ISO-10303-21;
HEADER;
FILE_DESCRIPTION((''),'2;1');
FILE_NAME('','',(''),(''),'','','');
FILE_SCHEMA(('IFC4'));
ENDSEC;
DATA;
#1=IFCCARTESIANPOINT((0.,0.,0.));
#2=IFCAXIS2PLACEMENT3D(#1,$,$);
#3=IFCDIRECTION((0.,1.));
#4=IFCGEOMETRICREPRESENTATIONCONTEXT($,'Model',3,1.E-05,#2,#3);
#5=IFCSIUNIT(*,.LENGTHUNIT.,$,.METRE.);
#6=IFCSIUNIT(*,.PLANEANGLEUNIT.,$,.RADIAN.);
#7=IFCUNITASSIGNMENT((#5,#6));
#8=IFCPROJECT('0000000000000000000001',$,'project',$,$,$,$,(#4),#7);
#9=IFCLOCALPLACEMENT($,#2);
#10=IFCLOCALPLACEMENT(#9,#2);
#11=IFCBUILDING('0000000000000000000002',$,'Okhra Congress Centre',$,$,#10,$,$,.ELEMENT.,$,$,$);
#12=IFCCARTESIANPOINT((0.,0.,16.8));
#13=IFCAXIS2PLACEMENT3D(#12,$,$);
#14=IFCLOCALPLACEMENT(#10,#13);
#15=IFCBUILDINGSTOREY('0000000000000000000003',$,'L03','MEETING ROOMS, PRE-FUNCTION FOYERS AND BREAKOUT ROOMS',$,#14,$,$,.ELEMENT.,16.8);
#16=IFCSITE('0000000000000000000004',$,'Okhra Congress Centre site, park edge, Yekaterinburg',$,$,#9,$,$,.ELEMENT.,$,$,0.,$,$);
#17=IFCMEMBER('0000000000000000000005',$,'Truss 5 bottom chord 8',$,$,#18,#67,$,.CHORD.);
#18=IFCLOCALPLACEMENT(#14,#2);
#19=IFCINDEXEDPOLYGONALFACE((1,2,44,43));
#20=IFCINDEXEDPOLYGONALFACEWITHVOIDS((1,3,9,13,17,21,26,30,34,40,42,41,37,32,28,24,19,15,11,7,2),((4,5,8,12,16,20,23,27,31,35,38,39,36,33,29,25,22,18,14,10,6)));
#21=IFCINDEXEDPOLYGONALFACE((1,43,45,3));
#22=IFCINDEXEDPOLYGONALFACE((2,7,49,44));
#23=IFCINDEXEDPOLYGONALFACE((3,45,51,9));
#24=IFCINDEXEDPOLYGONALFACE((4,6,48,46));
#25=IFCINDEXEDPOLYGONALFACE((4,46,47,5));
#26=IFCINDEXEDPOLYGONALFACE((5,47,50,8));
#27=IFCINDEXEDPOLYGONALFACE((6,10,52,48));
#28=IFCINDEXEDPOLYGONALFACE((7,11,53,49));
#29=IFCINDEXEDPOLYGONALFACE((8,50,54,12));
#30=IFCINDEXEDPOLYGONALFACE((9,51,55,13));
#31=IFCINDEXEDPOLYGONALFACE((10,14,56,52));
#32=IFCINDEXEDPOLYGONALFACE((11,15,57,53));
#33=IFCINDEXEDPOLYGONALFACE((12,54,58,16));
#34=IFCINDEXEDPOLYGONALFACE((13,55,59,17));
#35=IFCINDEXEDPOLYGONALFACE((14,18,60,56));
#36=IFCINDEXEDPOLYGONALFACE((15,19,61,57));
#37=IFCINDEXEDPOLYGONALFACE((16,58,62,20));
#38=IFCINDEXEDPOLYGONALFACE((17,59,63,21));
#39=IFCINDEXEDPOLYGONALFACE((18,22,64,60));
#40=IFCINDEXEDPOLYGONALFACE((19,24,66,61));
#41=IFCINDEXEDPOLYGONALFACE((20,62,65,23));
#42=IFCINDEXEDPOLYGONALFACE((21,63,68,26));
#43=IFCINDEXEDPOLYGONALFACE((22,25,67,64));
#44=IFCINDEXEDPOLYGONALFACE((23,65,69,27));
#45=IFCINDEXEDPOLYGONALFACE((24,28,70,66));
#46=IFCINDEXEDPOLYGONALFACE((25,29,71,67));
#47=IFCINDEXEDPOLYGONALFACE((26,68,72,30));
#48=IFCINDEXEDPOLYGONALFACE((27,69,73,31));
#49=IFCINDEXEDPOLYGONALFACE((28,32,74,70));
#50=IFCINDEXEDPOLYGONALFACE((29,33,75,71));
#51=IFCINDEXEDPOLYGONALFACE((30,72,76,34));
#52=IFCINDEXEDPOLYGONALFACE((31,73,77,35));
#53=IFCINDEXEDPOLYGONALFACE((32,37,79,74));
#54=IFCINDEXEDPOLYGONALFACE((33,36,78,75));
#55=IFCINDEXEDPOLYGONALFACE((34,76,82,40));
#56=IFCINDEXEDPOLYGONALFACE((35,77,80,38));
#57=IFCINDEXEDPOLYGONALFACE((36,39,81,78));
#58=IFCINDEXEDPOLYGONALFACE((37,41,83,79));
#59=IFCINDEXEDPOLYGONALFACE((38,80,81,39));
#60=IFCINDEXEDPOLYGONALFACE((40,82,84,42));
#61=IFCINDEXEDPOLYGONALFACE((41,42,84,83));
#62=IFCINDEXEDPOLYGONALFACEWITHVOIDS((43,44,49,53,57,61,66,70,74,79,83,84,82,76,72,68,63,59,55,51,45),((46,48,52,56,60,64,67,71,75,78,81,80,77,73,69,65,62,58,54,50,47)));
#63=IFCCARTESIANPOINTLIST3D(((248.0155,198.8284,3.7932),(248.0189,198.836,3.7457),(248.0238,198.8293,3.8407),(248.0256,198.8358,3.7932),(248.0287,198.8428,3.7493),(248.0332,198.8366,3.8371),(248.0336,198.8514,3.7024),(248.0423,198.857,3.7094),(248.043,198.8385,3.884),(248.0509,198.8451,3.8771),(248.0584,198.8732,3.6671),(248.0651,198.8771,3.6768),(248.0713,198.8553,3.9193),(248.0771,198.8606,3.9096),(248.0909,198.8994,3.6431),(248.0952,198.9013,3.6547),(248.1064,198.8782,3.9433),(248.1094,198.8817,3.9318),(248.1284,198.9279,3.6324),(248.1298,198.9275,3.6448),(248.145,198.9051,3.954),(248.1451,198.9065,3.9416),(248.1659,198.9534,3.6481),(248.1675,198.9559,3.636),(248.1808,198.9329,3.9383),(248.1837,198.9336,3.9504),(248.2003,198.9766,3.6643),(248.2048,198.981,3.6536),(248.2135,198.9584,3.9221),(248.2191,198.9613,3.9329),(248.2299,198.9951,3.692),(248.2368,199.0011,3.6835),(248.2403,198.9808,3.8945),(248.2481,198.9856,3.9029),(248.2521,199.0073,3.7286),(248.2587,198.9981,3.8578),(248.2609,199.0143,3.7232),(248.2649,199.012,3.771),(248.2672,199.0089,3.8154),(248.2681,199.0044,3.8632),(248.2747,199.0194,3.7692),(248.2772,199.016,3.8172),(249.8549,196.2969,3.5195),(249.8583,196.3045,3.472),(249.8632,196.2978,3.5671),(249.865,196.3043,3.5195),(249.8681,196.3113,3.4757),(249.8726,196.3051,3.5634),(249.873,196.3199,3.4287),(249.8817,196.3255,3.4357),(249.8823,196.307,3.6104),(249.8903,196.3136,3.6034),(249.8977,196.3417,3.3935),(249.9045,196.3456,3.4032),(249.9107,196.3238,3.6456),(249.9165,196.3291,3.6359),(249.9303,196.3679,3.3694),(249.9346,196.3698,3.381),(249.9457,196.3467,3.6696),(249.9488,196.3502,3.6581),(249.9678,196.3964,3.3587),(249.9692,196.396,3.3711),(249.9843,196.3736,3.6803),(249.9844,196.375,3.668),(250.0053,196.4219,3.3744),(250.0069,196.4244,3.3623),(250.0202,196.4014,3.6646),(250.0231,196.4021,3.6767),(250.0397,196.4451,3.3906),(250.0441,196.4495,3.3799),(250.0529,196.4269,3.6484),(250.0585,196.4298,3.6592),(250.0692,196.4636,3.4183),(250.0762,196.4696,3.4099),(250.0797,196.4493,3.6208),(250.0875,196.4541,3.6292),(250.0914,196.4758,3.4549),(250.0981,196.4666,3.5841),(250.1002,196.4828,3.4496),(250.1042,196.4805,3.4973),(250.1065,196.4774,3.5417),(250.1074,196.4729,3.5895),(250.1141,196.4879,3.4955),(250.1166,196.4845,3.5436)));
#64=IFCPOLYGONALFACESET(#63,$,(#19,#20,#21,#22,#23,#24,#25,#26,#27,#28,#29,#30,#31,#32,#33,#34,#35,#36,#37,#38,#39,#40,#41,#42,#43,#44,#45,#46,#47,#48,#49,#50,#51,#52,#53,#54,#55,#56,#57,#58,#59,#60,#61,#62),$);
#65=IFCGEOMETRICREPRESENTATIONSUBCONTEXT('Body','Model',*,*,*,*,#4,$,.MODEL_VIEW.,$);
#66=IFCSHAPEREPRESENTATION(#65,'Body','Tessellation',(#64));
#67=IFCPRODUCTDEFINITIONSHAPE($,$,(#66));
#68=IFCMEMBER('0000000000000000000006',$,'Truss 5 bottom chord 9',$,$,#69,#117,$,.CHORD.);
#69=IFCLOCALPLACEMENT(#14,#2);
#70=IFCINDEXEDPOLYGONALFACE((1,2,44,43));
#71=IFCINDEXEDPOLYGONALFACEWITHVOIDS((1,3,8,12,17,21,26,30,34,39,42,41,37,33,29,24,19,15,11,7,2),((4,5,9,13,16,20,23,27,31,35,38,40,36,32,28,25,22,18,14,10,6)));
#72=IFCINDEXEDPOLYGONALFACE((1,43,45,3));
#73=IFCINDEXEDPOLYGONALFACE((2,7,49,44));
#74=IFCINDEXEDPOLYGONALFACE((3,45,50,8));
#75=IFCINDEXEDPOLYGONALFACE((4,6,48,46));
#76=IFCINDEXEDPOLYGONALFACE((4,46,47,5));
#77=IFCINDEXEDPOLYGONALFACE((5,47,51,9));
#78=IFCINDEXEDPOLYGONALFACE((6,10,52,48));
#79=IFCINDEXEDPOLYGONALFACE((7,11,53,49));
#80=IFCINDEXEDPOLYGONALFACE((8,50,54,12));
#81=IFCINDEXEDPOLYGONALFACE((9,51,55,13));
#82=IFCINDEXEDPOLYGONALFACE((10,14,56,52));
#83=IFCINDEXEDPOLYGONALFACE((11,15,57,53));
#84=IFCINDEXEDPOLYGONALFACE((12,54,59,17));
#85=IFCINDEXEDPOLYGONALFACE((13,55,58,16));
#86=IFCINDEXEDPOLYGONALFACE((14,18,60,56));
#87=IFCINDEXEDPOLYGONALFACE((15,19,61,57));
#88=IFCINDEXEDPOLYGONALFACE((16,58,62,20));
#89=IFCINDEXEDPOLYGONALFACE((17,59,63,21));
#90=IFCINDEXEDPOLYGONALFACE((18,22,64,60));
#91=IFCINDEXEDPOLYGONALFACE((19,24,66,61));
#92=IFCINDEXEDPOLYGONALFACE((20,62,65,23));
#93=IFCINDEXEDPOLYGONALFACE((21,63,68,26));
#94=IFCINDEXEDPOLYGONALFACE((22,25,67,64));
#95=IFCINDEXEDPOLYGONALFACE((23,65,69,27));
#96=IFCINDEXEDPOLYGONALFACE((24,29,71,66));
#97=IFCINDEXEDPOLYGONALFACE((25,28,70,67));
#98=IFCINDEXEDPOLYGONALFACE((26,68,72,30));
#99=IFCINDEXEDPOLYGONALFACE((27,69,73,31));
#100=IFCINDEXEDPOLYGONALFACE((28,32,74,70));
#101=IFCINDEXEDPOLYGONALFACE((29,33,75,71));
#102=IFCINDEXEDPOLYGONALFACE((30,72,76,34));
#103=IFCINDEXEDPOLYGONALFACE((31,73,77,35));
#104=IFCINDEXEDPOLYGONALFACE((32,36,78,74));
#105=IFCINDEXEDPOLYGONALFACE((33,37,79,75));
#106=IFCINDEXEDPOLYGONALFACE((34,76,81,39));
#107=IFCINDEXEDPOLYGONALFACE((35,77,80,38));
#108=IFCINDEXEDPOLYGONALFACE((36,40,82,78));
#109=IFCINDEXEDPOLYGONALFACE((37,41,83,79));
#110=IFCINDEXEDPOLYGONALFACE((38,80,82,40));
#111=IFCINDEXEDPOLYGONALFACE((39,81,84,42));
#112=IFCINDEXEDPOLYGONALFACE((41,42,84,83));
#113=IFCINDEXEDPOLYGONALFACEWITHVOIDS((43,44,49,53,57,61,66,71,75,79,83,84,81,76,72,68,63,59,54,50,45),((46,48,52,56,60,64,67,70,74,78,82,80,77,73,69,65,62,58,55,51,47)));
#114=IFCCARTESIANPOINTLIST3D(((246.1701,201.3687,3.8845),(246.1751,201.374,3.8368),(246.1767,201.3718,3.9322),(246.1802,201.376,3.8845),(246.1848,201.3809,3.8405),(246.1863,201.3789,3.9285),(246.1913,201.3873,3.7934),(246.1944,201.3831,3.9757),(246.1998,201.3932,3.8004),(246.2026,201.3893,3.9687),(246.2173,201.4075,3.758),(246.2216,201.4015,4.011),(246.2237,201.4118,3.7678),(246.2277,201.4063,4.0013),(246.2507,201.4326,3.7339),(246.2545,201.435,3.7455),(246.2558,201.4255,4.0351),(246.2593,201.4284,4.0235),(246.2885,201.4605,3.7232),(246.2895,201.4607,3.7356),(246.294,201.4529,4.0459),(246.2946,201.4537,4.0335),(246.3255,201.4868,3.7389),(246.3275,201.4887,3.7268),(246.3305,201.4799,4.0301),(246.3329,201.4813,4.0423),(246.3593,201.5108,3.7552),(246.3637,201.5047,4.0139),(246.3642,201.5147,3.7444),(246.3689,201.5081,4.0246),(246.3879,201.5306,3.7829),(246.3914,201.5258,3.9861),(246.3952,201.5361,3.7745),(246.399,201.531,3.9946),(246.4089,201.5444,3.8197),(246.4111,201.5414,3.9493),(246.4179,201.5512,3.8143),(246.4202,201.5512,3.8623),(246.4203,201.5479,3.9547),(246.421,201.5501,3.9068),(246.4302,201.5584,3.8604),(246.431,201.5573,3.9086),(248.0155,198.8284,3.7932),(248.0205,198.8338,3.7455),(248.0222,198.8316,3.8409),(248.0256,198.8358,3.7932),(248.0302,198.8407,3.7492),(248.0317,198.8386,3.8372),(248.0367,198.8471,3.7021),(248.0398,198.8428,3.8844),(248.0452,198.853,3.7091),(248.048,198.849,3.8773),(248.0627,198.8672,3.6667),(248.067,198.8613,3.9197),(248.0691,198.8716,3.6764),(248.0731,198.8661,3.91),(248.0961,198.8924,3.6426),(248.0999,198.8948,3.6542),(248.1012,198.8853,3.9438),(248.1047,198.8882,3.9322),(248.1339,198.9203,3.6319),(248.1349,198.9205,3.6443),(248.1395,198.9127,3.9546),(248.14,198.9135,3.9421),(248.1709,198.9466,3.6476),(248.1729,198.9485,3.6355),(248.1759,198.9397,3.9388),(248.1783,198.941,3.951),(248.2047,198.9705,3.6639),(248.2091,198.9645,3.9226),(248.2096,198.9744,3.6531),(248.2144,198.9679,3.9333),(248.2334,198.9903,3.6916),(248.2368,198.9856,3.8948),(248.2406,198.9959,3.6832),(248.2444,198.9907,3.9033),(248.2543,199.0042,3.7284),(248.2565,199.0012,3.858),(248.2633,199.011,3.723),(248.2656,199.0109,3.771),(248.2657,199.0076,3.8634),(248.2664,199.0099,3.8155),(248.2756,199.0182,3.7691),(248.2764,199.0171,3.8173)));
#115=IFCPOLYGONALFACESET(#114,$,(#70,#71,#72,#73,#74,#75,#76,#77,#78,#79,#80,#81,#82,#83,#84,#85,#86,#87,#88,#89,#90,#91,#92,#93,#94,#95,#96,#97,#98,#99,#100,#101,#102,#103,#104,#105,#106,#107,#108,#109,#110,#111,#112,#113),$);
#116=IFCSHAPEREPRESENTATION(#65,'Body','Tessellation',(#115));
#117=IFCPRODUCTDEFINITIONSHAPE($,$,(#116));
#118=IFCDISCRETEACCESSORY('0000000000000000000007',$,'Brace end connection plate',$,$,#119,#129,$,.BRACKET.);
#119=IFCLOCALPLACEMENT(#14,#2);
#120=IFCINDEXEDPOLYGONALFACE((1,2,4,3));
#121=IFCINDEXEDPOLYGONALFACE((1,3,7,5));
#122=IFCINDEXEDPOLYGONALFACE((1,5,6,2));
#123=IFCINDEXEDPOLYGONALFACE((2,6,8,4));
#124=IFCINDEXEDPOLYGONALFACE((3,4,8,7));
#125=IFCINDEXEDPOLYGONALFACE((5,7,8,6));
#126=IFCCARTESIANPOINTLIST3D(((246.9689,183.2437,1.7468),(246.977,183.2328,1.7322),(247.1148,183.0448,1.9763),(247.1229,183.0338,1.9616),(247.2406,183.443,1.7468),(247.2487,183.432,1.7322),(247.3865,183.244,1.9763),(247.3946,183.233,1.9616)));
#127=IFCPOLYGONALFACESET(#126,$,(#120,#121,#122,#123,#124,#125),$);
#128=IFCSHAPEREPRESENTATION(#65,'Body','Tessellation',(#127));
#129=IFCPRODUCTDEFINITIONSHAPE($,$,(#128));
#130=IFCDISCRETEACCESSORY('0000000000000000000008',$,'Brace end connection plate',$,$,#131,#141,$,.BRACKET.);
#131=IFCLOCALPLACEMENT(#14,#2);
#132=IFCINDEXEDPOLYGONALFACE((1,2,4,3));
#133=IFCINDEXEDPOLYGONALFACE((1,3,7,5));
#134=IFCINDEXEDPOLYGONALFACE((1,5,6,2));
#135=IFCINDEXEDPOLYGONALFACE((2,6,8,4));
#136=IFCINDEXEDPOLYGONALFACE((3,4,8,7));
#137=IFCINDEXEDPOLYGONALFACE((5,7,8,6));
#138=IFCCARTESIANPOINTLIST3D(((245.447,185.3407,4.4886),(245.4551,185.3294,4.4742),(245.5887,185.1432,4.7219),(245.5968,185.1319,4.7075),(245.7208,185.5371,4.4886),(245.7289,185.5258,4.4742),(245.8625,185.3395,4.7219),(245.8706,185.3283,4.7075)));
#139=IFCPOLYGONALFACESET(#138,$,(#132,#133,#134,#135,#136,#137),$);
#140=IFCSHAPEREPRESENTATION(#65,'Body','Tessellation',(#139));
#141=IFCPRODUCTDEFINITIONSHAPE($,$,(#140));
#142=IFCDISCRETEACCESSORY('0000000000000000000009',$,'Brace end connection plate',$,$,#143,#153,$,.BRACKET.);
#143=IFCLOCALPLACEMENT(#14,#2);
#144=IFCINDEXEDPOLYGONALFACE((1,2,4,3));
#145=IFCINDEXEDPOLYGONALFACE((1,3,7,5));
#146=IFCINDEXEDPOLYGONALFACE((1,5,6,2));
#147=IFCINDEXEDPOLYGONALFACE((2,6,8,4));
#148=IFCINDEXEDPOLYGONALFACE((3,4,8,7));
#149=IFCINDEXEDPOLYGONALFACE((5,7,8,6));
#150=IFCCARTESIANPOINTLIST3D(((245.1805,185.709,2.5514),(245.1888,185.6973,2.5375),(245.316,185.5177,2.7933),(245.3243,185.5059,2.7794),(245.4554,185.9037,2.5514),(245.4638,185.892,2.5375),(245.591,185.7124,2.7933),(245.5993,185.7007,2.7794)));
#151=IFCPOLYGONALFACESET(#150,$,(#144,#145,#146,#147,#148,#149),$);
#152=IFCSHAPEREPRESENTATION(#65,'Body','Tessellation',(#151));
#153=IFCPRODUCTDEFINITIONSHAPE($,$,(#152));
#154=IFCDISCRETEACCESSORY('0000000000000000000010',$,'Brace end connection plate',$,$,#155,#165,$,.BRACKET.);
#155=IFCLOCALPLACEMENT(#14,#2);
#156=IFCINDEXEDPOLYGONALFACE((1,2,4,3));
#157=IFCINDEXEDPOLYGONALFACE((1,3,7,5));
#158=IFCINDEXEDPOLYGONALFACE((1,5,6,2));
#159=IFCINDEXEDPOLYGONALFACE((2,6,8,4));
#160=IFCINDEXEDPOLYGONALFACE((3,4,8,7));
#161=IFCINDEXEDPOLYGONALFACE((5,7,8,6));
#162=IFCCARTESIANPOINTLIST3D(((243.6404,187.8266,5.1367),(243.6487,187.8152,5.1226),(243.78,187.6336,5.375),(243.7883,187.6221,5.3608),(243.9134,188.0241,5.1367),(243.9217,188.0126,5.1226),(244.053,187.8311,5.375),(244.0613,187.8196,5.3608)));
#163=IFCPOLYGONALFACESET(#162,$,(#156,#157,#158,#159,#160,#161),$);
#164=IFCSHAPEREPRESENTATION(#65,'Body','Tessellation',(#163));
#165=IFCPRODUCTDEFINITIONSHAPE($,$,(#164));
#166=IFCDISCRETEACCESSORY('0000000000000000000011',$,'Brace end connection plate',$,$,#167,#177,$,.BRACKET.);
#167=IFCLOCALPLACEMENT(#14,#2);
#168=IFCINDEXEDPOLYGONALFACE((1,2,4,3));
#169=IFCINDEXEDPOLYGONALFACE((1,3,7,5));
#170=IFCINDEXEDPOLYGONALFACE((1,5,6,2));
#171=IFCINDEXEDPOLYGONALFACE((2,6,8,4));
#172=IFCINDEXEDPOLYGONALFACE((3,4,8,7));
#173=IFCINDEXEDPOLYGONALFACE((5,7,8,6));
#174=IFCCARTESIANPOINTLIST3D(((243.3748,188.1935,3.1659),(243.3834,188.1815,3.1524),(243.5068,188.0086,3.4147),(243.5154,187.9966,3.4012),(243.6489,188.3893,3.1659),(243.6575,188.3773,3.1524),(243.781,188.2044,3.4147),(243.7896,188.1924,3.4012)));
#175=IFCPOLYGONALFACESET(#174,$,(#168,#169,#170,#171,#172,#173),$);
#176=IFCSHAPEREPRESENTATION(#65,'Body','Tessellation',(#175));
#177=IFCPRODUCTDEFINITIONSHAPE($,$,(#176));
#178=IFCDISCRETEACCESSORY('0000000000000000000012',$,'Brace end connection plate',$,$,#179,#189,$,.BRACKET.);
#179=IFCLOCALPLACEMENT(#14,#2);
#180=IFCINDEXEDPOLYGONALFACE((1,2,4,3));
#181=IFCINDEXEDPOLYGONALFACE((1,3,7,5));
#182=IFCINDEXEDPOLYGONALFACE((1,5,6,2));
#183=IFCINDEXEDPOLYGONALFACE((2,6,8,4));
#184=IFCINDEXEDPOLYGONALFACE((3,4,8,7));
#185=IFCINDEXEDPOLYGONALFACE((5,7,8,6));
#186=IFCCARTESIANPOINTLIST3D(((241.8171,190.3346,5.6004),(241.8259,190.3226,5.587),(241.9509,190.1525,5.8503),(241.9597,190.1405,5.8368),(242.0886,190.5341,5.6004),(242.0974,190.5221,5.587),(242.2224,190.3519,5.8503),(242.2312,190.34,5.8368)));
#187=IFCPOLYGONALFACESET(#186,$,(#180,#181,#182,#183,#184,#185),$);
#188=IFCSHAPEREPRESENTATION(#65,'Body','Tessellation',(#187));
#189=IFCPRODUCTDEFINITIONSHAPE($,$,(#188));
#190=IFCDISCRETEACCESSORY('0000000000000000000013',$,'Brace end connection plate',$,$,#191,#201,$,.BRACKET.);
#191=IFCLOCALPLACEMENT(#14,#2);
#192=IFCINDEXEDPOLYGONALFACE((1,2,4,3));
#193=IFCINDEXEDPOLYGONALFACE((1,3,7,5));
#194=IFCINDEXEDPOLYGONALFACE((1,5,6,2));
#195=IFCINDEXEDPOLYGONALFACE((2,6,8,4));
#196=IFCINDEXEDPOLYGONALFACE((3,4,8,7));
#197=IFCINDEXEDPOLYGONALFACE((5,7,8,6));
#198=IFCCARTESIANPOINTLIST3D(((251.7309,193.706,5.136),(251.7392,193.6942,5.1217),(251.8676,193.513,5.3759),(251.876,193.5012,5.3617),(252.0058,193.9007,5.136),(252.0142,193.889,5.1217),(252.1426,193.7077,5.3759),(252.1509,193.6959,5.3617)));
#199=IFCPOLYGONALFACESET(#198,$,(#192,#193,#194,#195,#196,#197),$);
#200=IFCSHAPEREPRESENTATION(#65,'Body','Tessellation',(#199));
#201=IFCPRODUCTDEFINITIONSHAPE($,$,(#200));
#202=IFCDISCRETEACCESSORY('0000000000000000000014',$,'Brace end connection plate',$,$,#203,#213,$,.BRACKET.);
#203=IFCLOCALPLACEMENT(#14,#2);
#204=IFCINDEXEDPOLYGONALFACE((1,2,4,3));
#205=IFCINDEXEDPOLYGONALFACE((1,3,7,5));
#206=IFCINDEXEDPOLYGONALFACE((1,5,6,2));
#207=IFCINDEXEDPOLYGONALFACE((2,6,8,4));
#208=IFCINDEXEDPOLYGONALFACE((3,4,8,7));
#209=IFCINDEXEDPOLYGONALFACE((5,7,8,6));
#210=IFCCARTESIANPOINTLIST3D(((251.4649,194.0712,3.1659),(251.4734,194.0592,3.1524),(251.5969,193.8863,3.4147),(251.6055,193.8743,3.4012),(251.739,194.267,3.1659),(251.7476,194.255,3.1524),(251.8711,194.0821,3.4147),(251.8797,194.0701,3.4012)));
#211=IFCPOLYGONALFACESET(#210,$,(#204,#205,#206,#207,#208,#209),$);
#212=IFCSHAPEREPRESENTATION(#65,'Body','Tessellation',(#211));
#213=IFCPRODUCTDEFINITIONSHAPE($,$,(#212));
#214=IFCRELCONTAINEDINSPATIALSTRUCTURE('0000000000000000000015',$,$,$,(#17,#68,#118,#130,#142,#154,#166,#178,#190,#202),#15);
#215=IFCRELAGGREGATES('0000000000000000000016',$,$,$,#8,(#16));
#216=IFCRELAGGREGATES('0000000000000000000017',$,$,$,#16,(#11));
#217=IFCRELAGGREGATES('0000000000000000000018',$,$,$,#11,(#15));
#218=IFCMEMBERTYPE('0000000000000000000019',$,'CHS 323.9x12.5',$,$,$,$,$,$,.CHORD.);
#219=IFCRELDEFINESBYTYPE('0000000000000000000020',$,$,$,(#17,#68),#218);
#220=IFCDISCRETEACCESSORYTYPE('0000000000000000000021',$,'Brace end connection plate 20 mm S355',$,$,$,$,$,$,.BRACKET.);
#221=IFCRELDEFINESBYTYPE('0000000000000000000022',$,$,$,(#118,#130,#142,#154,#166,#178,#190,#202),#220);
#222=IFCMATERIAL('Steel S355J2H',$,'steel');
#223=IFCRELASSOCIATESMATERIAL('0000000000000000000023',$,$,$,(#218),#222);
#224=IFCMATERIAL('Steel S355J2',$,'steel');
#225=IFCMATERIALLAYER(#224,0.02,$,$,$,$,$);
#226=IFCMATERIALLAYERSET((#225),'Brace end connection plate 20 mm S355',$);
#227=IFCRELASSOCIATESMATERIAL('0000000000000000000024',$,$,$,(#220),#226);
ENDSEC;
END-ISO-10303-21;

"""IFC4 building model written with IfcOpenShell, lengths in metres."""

from ifc_helpers import new_model, si_unit, direction, frame, origin, origin_2d, place, context, subcontext, project, spatial, rectangle, hollow_circle, extrude, material, layer, layer_set, material_profile, profile_set, type_object, element, save


model = new_model("IFC4")

# Units and contexts
model_context = context("Model", 3, precision=1e-05, world=origin(), true_north=direction((0.0, 1.0)))
body_context = subcontext(model_context, "Body", "Model", "MODEL_VIEW")
ifc_project = project(units=[si_unit("LENGTHUNIT", "METRE"), si_unit("PLANEANGLEUNIT", "RADIAN")], contexts=[model_context])

# Site, building, storey
site_placement = place(None, origin())
site = spatial("IfcSite", under=ifc_project, at=site_placement, Name="Okhra Congress Centre site, park edge, Yekaterinburg", CompositionType="ELEMENT", RefElevation=0.0)
building_placement = place(site_placement, origin())
building = spatial("IfcBuilding", under=site, at=building_placement, Name="Okhra Congress Centre", CompositionType="ELEMENT")
storey_placement = place(building_placement, frame((0.0, 0.0, 16.8)))
storey = spatial("IfcBuildingStorey", under=building, at=storey_placement, Name="L03", Description="MEETING ROOMS, PRE-FUNCTION FOYERS AND BREAKOUT ROOMS", CompositionType="ELEMENT", Elevation=16.8)

# Members
ifc_material_1 = material(Name="Steel S355J2H", Category="steel")
ifc_material_profile_1 = material_profile(ifc_material_1, hollow_circle(Radius=0.1619, WallThickness=0.0125, at=origin_2d()), Name="CHS 323.9x12.5")
ifc_profile_set_1 = profile_set([ifc_material_profile_1], Name="Steel S355J2H")
member_type_1 = type_object("IfcMemberType", Name="CHS 323.9x12.5", PredefinedType="CHORD", material=ifc_profile_set_1)
for number, where, z_axis, x_axis, name in (
    (1, (249.9858, 196.3921, 3.5195), (-0.585574, 0.805923, 0.087129), (-0.808999, -0.58781, 0.0), "Truss 5 bottom chord 8"),
    (2, (248.1465, 198.9236, 3.7932), (-0.587503, 0.8087, 0.029068), (-0.809042, -0.587751, 0.0), "Truss 5 bottom chord 9"),
):
    element("IfcMember", number, at=place(storey_placement, frame(where, z_axis=z_axis, x_axis=x_axis)), inside=storey, type_object=member_type_1, Name=name, PredefinedType="CHORD", context=body_context, shape_type="SweptSolid", body=[
        extrude(hollow_circle(Radius=0.1619, WallThickness=0.0125, at=origin_2d()), origin(), (0.0, 0.0, 1.0), 3.1411),
    ])

# Discrete accessories
ifc_material_2 = material(Name="Steel S355J2", Category="steel")
ifc_layer = layer(ifc_material_2, 0.02)
ifc_layer_set = layer_set([ifc_layer], Name="Brace end connection plate 20 mm S355")
discrete_accessory_type = type_object("IfcDiscreteAccessoryType", Name="Brace end connection plate 20 mm S355", PredefinedType="BRACKET", material=ifc_layer_set)
for number, where, z_axis, x_axis, name in (
    (3, (247.1777, 183.2439, 1.8616), (0.402739, -0.549189, -0.732252), (0.806405, 0.591364, 0.0), "Brace end connection plate"),
    (4, (245.6628, 185.3289, 4.5908), (-0.403581, 0.562568, 0.721554), (-0.812538, -0.582908, 0.0), "Brace end connection plate"),
    (5, (245.3857, 185.7107, 2.6724), (0.415097, -0.58602, -0.695899), (0.816024, 0.578017, 0.0), "Brace end connection plate"),
    (6, (243.855, 187.8174, 5.2417), (-0.41448, 0.572958, 0.707054), (-0.810224, -0.58612, 0.0), "Brace end connection plate"),
    (7, (243.5779, 188.199, 3.2903), (0.429165, -0.600831, -0.674403), (0.813733, 0.581238, 0.0), "Brace end connection plate"),
    (8, (242.0286, 190.3313, 5.7119), (-0.43909, 0.59765, 0.670831), (-0.805882, -0.592076, 0.0), "Brace end connection plate"),
):
    element("IfcDiscreteAccessory", number, at=place(storey_placement, frame(where, z_axis=z_axis, x_axis=x_axis)), inside=storey, type_object=discrete_accessory_type, Name=name, PredefinedType="BRACKET", context=body_context, shape_type="SweptSolid", body=[
        extrude(rectangle(XDim=0.3369, YDim=0.3369, at=origin_2d()), origin(), (0.0, 0.0, 1.0), 0.02),
    ])
discrete_accessory_placement = place(storey_placement, frame((251.9451, 193.6951, 5.2417), z_axis=(-0.411585, 0.581061, 0.702115), x_axis=(-0.816024, -0.578017, 0.0)))
element("IfcDiscreteAccessory", 9, at=discrete_accessory_placement, inside=storey, type_object=discrete_accessory_type, Name="Brace end connection plate", PredefinedType="BRACKET", context=body_context, shape_type="SweptSolid", body=[
    extrude(rectangle(XDim=0.3369, YDim=0.3369, at=origin_2d()), origin(), (0.0, 0.0, 1.0), 0.0203),
])
for number, where, z_axis, x_axis, name in (
    (10, (251.668, 194.0767, 3.2903), (0.429165, -0.600831, -0.674403), (0.813733, 0.581238, 0.0), "Brace end connection plate"),
):
    element("IfcDiscreteAccessory", number, at=place(storey_placement, frame(where, z_axis=z_axis, x_axis=x_axis)), inside=storey, type_object=discrete_accessory_type, Name=name, PredefinedType="BRACKET", context=body_context, shape_type="SweptSolid", body=[
        extrude(rectangle(XDim=0.3369, YDim=0.3369, at=origin_2d()), origin(), (0.0, 0.0, 1.0), 0.02),
    ])

save(model, "model.ifc")
